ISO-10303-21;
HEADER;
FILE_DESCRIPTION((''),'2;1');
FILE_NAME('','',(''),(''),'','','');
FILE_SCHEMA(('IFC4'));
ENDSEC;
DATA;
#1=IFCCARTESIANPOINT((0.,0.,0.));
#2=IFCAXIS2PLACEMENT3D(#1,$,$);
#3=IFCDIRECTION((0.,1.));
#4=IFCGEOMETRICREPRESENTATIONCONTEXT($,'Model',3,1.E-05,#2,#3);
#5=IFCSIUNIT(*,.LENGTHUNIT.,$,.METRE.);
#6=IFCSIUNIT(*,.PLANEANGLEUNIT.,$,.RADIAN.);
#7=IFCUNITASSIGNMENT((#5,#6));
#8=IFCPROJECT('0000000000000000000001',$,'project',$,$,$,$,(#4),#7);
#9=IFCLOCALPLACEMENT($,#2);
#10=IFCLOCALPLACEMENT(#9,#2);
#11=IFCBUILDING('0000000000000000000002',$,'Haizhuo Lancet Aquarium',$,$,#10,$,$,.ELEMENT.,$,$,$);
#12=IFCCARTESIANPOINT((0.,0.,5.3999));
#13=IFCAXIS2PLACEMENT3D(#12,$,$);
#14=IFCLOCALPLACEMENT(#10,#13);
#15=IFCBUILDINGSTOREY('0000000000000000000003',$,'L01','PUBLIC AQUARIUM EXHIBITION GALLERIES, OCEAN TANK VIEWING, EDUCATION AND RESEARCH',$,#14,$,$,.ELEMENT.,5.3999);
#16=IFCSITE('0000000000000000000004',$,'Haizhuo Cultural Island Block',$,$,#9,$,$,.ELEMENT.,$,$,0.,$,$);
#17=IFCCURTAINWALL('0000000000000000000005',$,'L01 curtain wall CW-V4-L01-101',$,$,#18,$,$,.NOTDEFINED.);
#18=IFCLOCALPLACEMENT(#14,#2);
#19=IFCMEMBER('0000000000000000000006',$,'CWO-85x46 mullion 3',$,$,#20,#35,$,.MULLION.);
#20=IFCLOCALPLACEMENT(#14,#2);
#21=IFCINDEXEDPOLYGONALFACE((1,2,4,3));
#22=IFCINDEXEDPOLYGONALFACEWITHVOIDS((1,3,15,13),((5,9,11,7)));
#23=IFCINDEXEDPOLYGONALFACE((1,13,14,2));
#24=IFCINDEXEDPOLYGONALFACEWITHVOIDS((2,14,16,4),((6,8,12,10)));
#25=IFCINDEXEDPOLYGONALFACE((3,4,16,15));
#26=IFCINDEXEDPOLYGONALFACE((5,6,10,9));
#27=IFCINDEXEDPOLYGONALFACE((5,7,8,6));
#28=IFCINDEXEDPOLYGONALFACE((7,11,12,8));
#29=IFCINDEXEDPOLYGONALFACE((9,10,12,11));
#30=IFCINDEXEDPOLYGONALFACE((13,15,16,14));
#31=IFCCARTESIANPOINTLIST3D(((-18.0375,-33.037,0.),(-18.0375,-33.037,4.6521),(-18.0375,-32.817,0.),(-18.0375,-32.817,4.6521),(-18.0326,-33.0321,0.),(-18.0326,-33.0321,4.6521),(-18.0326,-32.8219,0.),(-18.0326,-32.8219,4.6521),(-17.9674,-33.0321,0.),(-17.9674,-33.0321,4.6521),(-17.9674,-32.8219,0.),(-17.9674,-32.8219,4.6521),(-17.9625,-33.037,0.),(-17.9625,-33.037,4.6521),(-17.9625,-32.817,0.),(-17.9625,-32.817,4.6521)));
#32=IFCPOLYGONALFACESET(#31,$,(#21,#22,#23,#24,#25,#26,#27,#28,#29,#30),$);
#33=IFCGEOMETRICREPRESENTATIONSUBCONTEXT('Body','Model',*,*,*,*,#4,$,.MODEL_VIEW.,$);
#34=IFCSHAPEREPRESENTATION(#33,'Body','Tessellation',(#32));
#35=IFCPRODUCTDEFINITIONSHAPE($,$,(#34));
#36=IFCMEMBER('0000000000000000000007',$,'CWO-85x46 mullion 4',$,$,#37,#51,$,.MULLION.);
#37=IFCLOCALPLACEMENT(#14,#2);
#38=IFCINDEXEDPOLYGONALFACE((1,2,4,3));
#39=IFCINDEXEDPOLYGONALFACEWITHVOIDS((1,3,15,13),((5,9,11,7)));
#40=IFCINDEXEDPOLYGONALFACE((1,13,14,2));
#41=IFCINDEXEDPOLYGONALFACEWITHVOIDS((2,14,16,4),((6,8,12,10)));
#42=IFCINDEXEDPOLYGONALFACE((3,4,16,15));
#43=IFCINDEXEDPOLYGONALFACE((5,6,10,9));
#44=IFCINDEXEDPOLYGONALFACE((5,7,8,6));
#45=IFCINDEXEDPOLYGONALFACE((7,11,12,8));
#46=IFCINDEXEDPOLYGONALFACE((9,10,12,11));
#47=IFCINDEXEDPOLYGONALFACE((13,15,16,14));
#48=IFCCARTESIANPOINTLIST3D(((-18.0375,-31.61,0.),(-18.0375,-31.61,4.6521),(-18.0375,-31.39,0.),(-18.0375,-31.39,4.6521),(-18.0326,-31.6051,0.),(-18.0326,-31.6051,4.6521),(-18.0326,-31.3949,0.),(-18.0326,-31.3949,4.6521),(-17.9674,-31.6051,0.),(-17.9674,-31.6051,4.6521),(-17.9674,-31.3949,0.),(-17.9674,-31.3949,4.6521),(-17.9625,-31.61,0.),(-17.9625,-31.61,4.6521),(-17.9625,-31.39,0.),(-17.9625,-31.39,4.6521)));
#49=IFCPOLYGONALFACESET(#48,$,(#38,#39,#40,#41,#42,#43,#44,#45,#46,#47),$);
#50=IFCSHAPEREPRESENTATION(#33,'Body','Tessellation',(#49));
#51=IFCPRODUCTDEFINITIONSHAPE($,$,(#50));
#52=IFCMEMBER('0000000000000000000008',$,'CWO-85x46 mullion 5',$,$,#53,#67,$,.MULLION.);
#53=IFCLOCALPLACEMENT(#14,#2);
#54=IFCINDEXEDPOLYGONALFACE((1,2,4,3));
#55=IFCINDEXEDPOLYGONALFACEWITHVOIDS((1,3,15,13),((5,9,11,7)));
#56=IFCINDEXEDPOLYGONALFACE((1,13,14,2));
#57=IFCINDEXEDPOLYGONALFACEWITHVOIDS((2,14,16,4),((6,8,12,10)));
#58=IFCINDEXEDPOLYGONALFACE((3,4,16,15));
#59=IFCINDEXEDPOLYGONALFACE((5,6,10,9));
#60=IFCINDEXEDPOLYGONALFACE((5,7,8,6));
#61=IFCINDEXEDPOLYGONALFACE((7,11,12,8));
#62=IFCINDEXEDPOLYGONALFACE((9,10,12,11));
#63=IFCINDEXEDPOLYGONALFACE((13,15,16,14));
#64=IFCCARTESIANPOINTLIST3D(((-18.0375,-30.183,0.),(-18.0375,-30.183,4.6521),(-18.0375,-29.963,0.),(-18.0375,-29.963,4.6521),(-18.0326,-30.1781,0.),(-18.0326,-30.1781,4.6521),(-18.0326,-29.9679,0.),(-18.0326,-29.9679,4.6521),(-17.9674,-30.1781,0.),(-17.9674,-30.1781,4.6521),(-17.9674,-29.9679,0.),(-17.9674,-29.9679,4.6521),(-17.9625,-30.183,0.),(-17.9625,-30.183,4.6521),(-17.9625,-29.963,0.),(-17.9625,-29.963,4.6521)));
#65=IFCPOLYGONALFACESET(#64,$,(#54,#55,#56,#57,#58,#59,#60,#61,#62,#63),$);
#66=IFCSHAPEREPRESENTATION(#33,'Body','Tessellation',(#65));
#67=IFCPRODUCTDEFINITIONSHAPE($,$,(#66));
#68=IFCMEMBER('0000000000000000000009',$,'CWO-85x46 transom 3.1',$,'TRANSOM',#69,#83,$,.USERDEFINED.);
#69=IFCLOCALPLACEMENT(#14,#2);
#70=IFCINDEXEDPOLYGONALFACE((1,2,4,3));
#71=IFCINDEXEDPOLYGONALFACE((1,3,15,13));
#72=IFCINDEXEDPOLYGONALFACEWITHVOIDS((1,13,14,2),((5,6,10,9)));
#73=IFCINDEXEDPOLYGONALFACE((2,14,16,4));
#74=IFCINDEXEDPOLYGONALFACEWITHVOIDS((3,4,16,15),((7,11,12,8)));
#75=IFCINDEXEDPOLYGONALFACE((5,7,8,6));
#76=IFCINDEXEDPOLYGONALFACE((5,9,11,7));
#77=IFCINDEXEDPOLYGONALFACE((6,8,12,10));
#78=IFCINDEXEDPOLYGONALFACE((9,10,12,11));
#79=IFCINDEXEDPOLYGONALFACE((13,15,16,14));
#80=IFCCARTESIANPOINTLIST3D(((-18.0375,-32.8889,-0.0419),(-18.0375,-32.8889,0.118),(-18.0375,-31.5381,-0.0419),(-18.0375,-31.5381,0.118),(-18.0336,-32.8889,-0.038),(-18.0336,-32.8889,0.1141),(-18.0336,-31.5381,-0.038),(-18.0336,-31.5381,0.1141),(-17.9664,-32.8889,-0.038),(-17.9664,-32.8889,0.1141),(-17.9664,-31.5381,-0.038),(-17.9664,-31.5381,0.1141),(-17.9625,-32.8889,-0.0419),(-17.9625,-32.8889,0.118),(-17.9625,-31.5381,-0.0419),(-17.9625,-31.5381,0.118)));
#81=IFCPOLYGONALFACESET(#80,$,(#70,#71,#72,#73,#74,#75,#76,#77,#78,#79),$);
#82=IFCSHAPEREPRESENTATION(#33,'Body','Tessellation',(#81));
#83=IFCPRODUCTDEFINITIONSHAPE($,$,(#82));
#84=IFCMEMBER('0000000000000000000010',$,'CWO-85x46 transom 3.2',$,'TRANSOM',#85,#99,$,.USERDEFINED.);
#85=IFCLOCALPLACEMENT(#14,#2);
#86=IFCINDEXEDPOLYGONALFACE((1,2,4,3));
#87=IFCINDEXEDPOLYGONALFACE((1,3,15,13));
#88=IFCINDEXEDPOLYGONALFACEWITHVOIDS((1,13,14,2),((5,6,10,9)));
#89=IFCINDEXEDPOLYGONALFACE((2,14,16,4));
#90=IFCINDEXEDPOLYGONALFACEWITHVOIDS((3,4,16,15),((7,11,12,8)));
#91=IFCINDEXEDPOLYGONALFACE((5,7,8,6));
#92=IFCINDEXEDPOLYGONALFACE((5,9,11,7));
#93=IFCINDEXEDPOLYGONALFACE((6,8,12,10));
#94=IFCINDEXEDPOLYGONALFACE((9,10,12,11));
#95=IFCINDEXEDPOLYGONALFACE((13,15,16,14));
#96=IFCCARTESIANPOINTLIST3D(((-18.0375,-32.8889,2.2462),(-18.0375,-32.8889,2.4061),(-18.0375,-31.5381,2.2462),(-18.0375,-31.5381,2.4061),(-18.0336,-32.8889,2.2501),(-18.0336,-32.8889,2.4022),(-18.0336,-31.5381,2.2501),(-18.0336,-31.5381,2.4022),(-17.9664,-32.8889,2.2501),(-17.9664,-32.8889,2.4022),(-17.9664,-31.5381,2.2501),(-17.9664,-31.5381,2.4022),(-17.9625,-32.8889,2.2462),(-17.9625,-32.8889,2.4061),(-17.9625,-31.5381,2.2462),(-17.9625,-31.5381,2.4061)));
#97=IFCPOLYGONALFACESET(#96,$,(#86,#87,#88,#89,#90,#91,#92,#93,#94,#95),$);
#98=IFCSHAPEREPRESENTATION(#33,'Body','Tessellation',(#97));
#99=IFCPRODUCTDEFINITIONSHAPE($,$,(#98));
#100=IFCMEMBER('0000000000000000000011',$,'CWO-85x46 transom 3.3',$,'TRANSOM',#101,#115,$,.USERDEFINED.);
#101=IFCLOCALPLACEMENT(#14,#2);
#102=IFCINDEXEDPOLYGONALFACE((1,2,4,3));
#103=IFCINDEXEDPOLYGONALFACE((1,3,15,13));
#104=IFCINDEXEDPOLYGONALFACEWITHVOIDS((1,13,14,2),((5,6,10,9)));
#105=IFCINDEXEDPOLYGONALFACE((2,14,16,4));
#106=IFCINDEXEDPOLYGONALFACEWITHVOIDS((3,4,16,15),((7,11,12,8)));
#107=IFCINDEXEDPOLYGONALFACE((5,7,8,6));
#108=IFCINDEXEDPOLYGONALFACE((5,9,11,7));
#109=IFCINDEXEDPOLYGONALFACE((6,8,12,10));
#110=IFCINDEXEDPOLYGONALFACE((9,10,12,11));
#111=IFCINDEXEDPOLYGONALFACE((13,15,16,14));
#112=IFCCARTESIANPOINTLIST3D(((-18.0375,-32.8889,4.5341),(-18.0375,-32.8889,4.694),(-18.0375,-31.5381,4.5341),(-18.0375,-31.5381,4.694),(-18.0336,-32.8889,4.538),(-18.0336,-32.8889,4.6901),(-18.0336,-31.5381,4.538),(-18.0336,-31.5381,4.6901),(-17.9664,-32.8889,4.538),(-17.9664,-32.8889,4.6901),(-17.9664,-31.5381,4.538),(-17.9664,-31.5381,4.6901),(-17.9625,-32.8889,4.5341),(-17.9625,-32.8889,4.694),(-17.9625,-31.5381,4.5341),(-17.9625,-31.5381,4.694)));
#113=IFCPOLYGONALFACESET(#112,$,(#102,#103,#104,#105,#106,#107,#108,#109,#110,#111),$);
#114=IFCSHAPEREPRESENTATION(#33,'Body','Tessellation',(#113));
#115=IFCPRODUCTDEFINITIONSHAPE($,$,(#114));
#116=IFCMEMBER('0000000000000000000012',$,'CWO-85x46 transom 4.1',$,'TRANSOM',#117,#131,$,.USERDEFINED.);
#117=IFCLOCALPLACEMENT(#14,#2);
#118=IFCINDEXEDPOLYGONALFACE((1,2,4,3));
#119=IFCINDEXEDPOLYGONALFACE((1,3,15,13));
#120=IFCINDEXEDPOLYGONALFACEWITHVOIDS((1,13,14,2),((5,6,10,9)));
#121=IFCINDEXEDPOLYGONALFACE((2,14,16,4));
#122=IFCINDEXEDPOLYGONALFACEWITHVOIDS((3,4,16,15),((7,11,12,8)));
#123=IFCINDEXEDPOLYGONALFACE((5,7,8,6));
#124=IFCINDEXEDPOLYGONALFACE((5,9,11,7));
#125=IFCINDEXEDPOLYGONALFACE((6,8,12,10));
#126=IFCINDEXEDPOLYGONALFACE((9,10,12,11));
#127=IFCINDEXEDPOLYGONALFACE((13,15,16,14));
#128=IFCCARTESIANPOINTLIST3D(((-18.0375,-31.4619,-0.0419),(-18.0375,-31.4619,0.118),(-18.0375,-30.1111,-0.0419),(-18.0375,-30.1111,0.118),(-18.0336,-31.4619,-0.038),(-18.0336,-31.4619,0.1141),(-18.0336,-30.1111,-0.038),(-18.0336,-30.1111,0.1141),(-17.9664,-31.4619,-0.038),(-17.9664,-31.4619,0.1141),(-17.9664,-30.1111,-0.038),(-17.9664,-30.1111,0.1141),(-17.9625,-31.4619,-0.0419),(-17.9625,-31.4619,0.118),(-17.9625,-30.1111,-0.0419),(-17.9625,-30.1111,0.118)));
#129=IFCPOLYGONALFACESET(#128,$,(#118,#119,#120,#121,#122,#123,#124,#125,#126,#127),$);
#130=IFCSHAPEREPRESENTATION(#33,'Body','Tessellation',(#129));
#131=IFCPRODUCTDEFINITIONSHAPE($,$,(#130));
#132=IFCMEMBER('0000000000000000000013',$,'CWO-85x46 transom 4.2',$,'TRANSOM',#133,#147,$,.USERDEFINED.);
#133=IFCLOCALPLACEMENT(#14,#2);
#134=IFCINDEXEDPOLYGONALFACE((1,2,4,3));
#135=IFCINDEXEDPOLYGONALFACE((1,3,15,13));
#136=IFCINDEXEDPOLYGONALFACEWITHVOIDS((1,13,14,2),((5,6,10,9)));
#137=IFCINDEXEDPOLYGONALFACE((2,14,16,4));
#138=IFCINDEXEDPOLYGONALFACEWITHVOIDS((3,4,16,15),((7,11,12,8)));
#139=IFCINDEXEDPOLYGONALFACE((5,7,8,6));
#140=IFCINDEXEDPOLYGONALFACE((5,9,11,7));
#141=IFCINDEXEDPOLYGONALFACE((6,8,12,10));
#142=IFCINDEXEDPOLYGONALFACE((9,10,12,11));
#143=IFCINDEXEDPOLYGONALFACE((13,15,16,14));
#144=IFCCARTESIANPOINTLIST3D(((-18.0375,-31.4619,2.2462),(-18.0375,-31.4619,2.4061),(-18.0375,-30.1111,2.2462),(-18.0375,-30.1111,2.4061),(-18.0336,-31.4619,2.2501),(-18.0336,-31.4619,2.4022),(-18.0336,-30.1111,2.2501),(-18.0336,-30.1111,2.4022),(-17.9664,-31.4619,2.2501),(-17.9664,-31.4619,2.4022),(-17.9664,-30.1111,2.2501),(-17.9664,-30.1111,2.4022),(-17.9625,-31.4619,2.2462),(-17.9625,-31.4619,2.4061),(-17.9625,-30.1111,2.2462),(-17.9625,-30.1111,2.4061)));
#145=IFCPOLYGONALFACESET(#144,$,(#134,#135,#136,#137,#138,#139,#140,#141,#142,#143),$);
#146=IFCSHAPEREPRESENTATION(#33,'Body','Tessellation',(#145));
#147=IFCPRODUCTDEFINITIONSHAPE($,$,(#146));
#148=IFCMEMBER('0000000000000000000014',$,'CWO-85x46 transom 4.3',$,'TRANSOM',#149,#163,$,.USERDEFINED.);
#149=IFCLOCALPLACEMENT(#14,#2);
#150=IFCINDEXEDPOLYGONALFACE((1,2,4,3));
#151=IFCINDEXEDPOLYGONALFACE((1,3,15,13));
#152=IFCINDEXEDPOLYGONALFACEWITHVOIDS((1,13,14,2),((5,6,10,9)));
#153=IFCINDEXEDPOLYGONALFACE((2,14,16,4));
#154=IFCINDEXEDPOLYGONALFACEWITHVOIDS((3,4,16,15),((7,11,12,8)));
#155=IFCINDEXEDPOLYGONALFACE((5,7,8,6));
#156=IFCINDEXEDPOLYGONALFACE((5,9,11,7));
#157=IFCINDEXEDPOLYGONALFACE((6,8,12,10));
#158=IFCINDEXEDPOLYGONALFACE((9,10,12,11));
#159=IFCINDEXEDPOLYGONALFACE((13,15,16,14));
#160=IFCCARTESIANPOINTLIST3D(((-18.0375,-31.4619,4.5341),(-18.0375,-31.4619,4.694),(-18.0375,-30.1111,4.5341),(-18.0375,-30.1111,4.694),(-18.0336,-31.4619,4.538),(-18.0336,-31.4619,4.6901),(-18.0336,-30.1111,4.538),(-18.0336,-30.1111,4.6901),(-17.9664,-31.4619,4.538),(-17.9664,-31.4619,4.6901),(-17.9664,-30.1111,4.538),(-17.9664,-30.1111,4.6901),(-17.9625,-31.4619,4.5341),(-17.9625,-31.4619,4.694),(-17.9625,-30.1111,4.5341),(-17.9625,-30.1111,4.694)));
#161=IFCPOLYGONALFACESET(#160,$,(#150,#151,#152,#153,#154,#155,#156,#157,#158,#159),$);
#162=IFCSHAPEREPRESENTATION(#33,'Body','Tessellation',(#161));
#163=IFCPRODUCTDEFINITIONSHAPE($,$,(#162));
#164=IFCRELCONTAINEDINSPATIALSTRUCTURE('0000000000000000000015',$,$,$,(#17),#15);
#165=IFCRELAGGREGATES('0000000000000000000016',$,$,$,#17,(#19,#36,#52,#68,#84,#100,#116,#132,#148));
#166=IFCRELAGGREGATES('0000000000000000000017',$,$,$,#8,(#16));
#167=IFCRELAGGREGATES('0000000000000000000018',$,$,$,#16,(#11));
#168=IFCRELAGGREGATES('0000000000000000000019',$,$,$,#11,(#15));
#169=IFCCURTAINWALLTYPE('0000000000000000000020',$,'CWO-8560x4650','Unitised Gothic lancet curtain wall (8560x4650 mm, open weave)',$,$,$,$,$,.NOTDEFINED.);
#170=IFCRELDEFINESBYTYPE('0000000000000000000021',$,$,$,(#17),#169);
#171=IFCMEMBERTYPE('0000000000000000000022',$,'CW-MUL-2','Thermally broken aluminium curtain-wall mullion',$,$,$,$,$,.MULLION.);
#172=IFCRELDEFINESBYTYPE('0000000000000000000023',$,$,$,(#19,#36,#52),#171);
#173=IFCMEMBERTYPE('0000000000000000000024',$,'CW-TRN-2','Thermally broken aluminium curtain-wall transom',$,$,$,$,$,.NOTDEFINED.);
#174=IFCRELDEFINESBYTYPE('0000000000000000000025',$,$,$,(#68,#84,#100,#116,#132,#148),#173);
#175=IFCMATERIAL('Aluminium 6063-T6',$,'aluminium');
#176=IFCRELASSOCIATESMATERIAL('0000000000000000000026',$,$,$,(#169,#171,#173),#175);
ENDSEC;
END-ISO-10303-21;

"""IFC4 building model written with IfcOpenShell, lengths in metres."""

from ifc_helpers import new_model, si_unit, direction, frame, origin, origin_2d, place, context, subcontext, project, spatial, hollow_rectangle, extrude, material, material_profile, profile_set, type_object, element, aggregate, save


model = new_model("IFC4")

# Units and contexts
model_context = context("Model", 3, precision=1e-05, world=origin(), true_north=direction((0.0, 1.0)))
body_context = subcontext(model_context, "Body", "Model", "MODEL_VIEW")
ifc_project = project(units=[si_unit("LENGTHUNIT", "METRE"), si_unit("PLANEANGLEUNIT", "RADIAN")], contexts=[model_context])

# Site, building, storey
site_placement = place(None, origin())
site = spatial("IfcSite", under=ifc_project, at=site_placement, Name="Haizhuo Cultural Island Block", CompositionType="ELEMENT", RefElevation=0.0)
building_placement = place(site_placement, origin())
building = spatial("IfcBuilding", under=site, at=building_placement, Name="Haizhuo Lancet Aquarium", CompositionType="ELEMENT")
storey_placement = place(building_placement, frame((0.0, 0.0, 5.3999)))
storey = spatial("IfcBuildingStorey", under=building, at=storey_placement, Name="L01", Description="PUBLIC AQUARIUM EXHIBITION GALLERIES, OCEAN TANK VIEWING, EDUCATION AND RESEARCH", CompositionType="ELEMENT", Elevation=5.3999)

# Curtain wall, members
ifc_material_1 = material(Name="Aluminium 6063-T6", Category="aluminium")
curtain_wall_type = type_object("IfcCurtainWallType", Name="CWO-8560x4650", Description="Unitised Gothic lancet curtain wall (8560x4650 mm, open weave)", PredefinedType="NOTDEFINED", material=ifc_material_1)
curtain_wall_placement = place(storey_placement, origin())
curtain_wall = element("IfcCurtainWall", 1, at=curtain_wall_placement, inside=storey, type_object=curtain_wall_type, Name="L01 curtain wall CW-V4-L01-101", PredefinedType="NOTDEFINED")
ifc_material_profile_1 = material_profile(ifc_material_1, hollow_rectangle(XDim=0.075, YDim=0.22, WallThickness=0.0049, at=origin_2d()), Name="ALU-M 75x220x5")
ifc_profile_set_1 = profile_set([ifc_material_profile_1], Name="Aluminium 6063-T6")
member_type_1 = type_object("IfcMemberType", Name="CW-MUL-2", Description="Thermally broken aluminium curtain-wall mullion", PredefinedType="MULLION", material=ifc_profile_set_1)
member_1_placement = place(storey_placement, frame((-18.0, -32.927, 0.0), z_axis=(0.0, 0.0, 1.0), x_axis=(-1.0, 0.0, 0.0)))
member_1 = element("IfcMember", 2, at=member_1_placement, type_object=member_type_1, Name="CWO-85x46 mullion 3", PredefinedType="MULLION", context=body_context, shape_type="SweptSolid", body=[
    extrude(hollow_rectangle(XDim=0.075, YDim=0.22, WallThickness=0.0049, at=origin_2d()), origin(), (0.0, 0.0, 1.0), 4.6521),
])
member_2_placement = place(storey_placement, frame((-18.0, -31.5, 0.0), z_axis=(0.0, 0.0, 1.0), x_axis=(-1.0, 0.0, 0.0)))
member_2 = element("IfcMember", 3, at=member_2_placement, type_object=member_type_1, Name="CWO-85x46 mullion 4", PredefinedType="MULLION", context=body_context, shape_type="SweptSolid", body=[
    extrude(hollow_rectangle(XDim=0.075, YDim=0.22, WallThickness=0.0049, at=origin_2d()), origin(), (0.0, 0.0, 1.0), 4.6521),
])
member_3_placement = place(storey_placement, frame((-18.0, -30.073, 0.0), z_axis=(0.0, 0.0, 1.0), x_axis=(-1.0, 0.0, 0.0)))
member_3 = element("IfcMember", 4, at=member_3_placement, type_object=member_type_1, Name="CWO-85x46 mullion 5", PredefinedType="MULLION", context=body_context, shape_type="SweptSolid", body=[
    extrude(hollow_rectangle(XDim=0.075, YDim=0.22, WallThickness=0.0049, at=origin_2d()), origin(), (0.0, 0.0, 1.0), 4.6521),
])
ifc_material_profile_2 = material_profile(ifc_material_1, hollow_rectangle(XDim=0.075, YDim=0.1599, WallThickness=0.0039, at=origin_2d()), Name="ALU-T 75x160x4")
ifc_profile_set_2 = profile_set([ifc_material_profile_2], Name="Aluminium 6063-T6")
member_type_2 = type_object("IfcMemberType", Name="CW-TRN-2", Description="Thermally broken aluminium curtain-wall transom", PredefinedType="NOTDEFINED", material=ifc_profile_set_2)
member_4_placement = place(storey_placement, frame((-18.0, -32.8889, 0.0381), z_axis=(0.0, 1.0, 0.0), x_axis=(-1.0, 0.0, 0.0)))
member_4 = element("IfcMember", 5, at=member_4_placement, type_object=member_type_2, Name="CWO-85x46 transom 3.1", ObjectType="TRANSOM", PredefinedType="USERDEFINED", context=body_context, shape_type="SweptSolid", body=[
    extrude(hollow_rectangle(XDim=0.075, YDim=0.1599, WallThickness=0.0039, at=origin_2d()), origin(), (0.0, 0.0, 1.0), 1.3508),
])
member_5_placement = place(storey_placement, frame((-18.0, -32.8889, 2.3262), z_axis=(0.0, 1.0, 0.0), x_axis=(-1.0, 0.0, 0.0)))
member_5 = element("IfcMember", 6, at=member_5_placement, type_object=member_type_2, Name="CWO-85x46 transom 3.2", ObjectType="TRANSOM", PredefinedType="USERDEFINED", context=body_context, shape_type="SweptSolid", body=[
    extrude(hollow_rectangle(XDim=0.075, YDim=0.1599, WallThickness=0.0039, at=origin_2d()), origin(), (0.0, 0.0, 1.0), 1.3508),
])
member_6_placement = place(storey_placement, frame((-18.0, -32.8889, 4.614), z_axis=(0.0, 1.0, 0.0), x_axis=(-1.0, 0.0, 0.0)))
member_6 = element("IfcMember", 7, at=member_6_placement, type_object=member_type_2, Name="CWO-85x46 transom 3.3", ObjectType="TRANSOM", PredefinedType="USERDEFINED", context=body_context, shape_type="SweptSolid", body=[
    extrude(hollow_rectangle(XDim=0.075, YDim=0.1599, WallThickness=0.0039, at=origin_2d()), origin(), (0.0, 0.0, 1.0), 1.3508),
])
member_7_placement = place(storey_placement, frame((-18.0, -31.4619, 0.0381), z_axis=(0.0, 1.0, 0.0), x_axis=(-1.0, 0.0, 0.0)))
member_7 = element("IfcMember", 8, at=member_7_placement, type_object=member_type_2, Name="CWO-85x46 transom 4.1", ObjectType="TRANSOM", PredefinedType="USERDEFINED", context=body_context, shape_type="SweptSolid", body=[
    extrude(hollow_rectangle(XDim=0.075, YDim=0.1599, WallThickness=0.0039, at=origin_2d()), origin(), (0.0, 0.0, 1.0), 1.3508),
])
member_8_placement = place(storey_placement, frame((-18.0, -31.4619, 2.3262), z_axis=(0.0, 1.0, 0.0), x_axis=(-1.0, 0.0, 0.0)))
member_8 = element("IfcMember", 9, at=member_8_placement, type_object=member_type_2, Name="CWO-85x46 transom 4.2", ObjectType="TRANSOM", PredefinedType="USERDEFINED", context=body_context, shape_type="SweptSolid", body=[
    extrude(hollow_rectangle(XDim=0.075, YDim=0.1599, WallThickness=0.0039, at=origin_2d()), origin(), (0.0, 0.0, 1.0), 1.3508),
])
member_9_placement = place(storey_placement, frame((-18.0, -31.4619, 4.614), z_axis=(0.0, 1.0, 0.0), x_axis=(-1.0, 0.0, 0.0)))
member_9 = element("IfcMember", 10, at=member_9_placement, type_object=member_type_2, Name="CWO-85x46 transom 4.3", ObjectType="TRANSOM", PredefinedType="USERDEFINED", context=body_context, shape_type="SweptSolid", body=[
    extrude(hollow_rectangle(XDim=0.075, YDim=0.1599, WallThickness=0.0039, at=origin_2d()), origin(), (0.0, 0.0, 1.0), 1.3508),
])

aggregate(curtain_wall, [member_1, member_2, member_3, member_4, member_5, member_6, member_7, member_8, member_9])

save(model, "model.ifc")
